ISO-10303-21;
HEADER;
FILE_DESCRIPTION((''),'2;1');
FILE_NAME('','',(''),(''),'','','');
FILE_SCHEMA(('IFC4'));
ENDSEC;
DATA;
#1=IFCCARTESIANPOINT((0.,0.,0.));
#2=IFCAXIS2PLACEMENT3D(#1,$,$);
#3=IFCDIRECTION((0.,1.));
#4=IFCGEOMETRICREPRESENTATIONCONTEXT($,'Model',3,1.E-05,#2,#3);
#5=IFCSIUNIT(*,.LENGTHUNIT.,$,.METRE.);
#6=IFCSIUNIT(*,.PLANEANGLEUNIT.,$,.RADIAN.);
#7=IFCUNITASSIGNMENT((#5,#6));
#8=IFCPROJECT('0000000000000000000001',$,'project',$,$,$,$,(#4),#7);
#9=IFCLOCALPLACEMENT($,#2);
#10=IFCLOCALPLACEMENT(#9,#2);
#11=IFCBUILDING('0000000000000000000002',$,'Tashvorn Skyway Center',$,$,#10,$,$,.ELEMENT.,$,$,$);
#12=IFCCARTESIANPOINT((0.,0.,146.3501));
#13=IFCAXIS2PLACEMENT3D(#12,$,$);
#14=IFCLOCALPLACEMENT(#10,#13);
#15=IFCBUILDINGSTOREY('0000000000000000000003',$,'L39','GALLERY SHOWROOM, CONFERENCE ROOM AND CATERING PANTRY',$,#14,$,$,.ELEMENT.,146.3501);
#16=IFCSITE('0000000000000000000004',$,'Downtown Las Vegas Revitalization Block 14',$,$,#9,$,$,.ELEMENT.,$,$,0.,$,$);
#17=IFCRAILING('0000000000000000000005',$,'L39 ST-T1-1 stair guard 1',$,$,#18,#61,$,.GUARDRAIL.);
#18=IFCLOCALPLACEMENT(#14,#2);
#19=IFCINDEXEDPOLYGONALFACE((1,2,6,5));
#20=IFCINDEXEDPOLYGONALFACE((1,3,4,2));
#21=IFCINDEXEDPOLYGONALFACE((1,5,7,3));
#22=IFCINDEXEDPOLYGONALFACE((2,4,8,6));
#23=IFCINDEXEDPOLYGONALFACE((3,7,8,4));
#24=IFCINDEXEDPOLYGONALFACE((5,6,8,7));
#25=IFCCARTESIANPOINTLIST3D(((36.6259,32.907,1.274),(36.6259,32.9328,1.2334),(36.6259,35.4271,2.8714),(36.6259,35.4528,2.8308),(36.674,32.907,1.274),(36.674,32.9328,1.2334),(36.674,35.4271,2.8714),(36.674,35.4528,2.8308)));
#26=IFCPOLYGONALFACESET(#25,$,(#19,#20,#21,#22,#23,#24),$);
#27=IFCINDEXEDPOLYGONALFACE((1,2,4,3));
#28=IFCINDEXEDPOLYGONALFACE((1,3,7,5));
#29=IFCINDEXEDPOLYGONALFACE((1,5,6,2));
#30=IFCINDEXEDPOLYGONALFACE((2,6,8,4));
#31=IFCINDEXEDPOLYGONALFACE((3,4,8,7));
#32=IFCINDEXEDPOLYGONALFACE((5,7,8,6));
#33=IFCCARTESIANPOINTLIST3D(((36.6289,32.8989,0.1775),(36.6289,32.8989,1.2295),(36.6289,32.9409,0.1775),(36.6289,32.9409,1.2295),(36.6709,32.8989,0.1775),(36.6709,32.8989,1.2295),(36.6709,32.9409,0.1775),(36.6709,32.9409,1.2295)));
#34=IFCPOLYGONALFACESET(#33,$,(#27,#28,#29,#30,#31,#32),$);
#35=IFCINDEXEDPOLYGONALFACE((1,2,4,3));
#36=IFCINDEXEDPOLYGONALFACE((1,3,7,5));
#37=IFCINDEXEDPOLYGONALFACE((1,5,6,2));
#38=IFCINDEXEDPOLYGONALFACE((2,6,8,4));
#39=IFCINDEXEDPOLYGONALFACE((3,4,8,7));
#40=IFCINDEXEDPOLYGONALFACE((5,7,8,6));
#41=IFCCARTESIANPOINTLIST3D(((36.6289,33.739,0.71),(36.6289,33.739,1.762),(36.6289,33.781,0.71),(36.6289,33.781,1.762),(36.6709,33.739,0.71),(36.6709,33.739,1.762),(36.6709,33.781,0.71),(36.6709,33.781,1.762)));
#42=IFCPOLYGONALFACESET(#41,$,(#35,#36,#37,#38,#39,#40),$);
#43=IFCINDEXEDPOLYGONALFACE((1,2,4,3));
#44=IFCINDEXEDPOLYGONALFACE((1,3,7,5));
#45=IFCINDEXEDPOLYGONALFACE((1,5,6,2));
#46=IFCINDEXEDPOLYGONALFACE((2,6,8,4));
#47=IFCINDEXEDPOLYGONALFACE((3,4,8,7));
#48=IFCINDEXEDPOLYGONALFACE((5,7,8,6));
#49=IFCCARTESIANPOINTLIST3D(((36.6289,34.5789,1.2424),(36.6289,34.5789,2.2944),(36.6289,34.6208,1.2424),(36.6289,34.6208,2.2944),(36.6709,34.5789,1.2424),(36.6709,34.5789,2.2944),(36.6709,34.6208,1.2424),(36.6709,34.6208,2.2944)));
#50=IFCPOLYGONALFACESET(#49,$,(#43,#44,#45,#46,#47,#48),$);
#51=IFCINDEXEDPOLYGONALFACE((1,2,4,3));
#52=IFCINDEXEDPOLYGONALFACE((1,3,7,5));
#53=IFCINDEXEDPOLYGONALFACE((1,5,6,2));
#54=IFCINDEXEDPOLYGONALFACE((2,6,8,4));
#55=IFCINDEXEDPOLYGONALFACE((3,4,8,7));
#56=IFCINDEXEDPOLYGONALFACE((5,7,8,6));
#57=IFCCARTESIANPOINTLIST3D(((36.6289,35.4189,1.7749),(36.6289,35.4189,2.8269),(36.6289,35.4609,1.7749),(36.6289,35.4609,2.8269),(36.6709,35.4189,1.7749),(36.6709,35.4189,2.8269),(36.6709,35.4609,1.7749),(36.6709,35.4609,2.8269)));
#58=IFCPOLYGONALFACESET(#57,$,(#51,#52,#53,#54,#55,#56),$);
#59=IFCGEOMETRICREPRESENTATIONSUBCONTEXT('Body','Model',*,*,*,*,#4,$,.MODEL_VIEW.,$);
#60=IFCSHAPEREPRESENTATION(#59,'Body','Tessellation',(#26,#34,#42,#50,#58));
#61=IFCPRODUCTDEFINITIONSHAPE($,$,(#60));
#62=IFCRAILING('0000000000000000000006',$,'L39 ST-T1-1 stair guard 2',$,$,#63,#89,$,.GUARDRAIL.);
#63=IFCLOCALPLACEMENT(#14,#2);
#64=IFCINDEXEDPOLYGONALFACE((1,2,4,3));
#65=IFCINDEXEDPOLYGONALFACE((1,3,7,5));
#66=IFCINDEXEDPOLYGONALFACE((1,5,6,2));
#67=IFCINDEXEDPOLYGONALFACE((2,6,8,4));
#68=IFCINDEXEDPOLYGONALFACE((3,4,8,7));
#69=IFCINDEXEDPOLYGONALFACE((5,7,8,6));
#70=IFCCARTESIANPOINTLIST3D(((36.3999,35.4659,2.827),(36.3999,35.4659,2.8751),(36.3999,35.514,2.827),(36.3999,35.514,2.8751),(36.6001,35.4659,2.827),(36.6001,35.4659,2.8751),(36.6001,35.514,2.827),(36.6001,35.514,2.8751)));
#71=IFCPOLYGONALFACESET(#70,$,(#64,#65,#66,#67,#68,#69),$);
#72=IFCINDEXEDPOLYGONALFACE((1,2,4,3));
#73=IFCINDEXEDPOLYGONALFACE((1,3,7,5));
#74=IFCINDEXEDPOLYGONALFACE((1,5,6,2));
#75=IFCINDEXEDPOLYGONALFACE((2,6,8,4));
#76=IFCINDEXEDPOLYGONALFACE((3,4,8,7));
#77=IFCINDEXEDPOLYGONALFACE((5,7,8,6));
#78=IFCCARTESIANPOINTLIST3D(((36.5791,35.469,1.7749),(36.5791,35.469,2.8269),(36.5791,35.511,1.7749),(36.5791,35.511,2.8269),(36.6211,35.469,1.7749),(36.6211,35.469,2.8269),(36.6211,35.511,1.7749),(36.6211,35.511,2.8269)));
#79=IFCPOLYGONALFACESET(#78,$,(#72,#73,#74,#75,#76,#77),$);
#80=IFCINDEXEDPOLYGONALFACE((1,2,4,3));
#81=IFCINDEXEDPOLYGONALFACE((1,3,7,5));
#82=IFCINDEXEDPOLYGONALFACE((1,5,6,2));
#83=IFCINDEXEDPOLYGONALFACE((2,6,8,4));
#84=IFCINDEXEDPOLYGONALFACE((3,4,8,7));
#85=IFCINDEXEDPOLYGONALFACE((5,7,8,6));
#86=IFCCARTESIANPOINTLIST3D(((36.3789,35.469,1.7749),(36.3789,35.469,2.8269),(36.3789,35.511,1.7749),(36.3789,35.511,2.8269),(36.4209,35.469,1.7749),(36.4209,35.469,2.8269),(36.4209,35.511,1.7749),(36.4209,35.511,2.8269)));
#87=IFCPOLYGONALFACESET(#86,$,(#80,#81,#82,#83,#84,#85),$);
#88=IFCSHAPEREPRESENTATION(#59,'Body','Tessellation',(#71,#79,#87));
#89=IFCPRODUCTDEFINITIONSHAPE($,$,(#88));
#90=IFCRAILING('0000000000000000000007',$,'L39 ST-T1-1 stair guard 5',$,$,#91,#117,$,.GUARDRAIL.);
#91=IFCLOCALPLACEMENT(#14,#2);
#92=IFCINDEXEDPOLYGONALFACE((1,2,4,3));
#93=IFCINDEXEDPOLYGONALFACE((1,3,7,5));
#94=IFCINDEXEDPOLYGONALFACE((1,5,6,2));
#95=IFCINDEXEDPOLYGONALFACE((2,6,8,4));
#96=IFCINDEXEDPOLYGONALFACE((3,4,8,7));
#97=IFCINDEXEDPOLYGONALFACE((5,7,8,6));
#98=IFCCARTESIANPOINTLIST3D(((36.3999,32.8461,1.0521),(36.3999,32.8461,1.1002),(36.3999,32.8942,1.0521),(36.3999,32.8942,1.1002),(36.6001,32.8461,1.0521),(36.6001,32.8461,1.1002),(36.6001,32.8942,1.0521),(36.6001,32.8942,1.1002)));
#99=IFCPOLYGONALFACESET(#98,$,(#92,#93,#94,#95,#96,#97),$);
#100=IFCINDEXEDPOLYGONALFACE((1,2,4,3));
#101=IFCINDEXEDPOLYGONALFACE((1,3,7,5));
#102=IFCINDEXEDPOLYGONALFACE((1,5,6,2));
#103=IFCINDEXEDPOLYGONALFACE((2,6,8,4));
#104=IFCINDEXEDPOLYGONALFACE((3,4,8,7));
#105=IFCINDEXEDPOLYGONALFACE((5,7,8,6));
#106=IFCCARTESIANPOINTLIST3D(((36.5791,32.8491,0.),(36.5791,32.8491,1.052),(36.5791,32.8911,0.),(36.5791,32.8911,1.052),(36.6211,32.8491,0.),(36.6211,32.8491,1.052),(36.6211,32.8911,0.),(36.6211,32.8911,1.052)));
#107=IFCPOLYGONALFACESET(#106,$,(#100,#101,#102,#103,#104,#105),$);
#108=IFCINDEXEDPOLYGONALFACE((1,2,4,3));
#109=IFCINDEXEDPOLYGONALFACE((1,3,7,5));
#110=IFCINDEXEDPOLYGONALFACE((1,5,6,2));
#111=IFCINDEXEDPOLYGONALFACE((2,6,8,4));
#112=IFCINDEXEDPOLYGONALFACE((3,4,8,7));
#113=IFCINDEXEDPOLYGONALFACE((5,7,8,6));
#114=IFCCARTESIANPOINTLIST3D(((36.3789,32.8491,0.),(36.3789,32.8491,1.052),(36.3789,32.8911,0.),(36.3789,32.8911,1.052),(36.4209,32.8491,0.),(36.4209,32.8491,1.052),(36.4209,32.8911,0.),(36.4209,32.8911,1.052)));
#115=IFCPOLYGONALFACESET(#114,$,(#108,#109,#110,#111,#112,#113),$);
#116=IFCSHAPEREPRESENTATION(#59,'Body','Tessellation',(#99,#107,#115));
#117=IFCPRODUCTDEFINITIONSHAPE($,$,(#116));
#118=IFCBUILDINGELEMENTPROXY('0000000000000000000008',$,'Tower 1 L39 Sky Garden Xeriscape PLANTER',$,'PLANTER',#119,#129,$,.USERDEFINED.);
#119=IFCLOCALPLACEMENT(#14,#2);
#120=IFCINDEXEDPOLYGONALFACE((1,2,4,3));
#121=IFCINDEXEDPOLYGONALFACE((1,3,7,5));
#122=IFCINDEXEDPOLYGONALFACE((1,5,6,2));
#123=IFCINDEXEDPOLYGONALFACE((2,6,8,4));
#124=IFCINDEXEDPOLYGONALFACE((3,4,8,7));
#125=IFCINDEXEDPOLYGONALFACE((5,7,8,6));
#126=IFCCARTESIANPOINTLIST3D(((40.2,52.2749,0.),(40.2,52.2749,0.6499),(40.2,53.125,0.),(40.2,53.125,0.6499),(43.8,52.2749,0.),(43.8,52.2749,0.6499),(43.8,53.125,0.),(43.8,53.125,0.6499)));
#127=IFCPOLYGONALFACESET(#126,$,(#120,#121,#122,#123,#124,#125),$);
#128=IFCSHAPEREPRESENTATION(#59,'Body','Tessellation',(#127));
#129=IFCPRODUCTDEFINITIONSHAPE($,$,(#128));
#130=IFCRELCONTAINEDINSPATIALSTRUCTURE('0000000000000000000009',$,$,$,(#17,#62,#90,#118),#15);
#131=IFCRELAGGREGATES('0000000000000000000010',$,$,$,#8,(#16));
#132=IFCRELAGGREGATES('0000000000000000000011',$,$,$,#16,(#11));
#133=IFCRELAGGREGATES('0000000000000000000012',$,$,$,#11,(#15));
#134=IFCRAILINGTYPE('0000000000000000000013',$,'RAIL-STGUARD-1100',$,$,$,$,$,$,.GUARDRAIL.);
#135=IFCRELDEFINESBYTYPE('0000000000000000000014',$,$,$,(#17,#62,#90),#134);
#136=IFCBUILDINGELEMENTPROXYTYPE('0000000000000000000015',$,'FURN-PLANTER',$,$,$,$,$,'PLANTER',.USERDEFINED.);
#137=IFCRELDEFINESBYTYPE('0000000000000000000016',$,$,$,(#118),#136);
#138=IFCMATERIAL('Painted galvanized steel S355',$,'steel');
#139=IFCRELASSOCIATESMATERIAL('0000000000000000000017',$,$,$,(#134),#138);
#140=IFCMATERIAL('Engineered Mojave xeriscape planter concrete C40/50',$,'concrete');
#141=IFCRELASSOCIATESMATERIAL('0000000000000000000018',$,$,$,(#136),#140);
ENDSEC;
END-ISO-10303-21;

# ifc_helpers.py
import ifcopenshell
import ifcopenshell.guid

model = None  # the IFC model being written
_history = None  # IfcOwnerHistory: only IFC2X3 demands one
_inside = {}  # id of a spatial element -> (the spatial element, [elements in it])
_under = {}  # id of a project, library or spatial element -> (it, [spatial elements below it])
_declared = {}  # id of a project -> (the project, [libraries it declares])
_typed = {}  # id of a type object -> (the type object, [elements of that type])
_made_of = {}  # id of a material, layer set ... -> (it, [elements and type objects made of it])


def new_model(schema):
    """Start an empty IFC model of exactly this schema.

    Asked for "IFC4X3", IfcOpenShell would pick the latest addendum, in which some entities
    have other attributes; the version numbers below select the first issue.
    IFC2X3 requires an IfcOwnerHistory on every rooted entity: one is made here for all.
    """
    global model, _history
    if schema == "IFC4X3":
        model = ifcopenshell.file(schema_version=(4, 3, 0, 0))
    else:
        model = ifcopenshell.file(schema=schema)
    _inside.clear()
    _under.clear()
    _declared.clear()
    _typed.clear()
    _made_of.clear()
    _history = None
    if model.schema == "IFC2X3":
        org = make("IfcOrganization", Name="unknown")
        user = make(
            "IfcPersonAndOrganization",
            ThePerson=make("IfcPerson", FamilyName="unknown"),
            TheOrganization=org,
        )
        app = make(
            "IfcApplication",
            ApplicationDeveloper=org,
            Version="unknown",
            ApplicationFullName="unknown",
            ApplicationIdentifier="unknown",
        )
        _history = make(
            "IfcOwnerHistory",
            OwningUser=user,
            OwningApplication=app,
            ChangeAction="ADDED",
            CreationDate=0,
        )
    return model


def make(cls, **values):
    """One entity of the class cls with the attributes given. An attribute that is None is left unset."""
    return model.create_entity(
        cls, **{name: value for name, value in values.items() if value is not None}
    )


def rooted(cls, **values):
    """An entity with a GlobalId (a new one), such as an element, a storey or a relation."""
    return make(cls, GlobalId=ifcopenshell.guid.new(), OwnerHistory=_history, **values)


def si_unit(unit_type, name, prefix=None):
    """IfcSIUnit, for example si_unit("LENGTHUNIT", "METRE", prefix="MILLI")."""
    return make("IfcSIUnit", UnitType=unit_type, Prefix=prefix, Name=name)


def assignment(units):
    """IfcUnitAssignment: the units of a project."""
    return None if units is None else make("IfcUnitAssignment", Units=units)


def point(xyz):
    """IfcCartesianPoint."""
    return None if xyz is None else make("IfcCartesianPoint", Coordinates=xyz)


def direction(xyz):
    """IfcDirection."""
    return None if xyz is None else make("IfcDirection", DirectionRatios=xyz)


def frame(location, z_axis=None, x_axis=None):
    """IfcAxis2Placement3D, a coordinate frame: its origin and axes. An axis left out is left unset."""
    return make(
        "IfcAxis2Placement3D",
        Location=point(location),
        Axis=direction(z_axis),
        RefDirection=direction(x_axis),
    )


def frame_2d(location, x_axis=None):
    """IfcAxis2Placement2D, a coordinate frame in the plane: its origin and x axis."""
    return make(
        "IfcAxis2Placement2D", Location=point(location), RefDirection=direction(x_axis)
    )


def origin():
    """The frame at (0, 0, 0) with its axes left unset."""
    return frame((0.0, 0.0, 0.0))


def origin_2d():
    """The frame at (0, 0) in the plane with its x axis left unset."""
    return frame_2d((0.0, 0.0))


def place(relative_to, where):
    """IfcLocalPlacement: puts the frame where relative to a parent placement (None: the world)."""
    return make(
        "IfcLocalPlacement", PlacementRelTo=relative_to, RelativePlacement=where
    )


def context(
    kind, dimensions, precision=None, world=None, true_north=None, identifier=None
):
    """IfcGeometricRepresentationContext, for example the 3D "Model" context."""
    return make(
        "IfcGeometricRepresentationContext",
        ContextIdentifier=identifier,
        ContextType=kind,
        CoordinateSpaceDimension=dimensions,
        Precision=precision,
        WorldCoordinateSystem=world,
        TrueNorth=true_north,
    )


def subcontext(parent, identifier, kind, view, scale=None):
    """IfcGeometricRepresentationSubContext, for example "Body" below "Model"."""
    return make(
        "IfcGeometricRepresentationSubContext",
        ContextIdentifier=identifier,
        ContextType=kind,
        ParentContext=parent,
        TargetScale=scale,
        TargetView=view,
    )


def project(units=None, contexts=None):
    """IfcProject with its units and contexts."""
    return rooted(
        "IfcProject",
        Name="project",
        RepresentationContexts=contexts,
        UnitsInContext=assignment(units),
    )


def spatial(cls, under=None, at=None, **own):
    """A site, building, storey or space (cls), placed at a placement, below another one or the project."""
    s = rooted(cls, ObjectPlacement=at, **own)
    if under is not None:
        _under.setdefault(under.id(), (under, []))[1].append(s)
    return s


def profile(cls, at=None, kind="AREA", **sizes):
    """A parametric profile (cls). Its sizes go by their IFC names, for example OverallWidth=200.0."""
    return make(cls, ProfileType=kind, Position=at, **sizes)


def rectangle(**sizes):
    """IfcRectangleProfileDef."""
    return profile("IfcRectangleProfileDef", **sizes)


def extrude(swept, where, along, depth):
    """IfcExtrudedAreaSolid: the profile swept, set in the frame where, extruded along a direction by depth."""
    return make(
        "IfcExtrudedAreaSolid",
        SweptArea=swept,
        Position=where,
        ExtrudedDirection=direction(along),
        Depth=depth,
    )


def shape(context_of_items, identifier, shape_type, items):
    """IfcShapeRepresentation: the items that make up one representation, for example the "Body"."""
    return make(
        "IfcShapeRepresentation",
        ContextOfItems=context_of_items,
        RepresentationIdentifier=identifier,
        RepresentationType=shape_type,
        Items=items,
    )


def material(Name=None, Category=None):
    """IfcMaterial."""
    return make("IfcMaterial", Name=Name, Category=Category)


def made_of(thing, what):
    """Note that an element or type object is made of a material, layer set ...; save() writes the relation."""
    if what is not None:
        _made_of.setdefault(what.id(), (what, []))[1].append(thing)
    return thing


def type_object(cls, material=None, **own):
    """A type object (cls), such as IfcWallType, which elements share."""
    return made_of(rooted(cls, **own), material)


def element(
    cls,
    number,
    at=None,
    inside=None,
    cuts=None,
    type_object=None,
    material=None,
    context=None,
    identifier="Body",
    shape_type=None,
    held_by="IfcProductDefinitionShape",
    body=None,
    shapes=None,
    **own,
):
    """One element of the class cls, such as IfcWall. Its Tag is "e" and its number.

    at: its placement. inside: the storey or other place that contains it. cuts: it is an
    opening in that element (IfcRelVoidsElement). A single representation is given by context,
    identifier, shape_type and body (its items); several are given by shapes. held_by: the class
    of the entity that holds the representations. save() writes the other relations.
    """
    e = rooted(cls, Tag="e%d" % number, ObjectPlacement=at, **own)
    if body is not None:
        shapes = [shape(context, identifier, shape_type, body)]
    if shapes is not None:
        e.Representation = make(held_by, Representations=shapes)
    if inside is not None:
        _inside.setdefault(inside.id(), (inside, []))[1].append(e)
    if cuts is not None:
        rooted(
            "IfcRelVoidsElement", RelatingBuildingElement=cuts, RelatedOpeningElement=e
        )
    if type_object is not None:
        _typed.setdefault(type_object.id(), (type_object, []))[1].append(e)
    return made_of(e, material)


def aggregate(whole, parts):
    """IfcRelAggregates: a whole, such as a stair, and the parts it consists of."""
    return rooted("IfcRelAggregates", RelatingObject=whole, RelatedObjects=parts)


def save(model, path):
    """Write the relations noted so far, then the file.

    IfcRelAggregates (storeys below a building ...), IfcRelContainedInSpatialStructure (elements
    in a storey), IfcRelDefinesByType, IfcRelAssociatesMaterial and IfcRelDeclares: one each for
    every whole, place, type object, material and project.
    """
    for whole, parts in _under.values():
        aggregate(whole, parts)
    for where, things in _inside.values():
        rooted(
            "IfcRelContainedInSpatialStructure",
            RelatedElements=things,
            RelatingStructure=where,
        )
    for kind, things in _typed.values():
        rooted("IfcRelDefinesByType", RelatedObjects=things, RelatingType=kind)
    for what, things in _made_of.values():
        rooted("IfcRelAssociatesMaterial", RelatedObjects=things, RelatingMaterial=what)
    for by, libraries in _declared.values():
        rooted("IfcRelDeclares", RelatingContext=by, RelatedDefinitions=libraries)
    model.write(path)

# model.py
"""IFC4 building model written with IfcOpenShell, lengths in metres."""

from ifc_helpers import new_model, si_unit, direction, frame, origin, origin_2d, place, context, subcontext, project, spatial, rectangle, extrude, material, type_object, element, save


model = new_model("IFC4")

# Units and contexts
model_context = context("Model", 3, precision=1e-05, world=origin(), true_north=direction((0.0, 1.0)))
body_context = subcontext(model_context, "Body", "Model", "MODEL_VIEW")
ifc_project = project(units=[si_unit("LENGTHUNIT", "METRE"), si_unit("PLANEANGLEUNIT", "RADIAN")], contexts=[model_context])

# Site, building, storey
site_placement = place(None, origin())
site = spatial("IfcSite", under=ifc_project, at=site_placement, Name="Downtown Las Vegas Revitalization Block 14", CompositionType="ELEMENT", RefElevation=0.0)
building_placement = place(site_placement, origin())
building = spatial("IfcBuilding", under=site, at=building_placement, Name="Tashvorn Skyway Center", CompositionType="ELEMENT")
storey_placement = place(building_placement, frame((0.0, 0.0, 146.3501)))
storey = spatial("IfcBuildingStorey", under=building, at=storey_placement, Name="L39", Description="GALLERY SHOWROOM, CONFERENCE ROOM AND CATERING PANTRY", CompositionType="ELEMENT", Elevation=146.3501)

# Railings
ifc_material_1 = material(Name="Painted galvanized steel S355", Category="steel")
railing_type_1 = type_object("IfcRailingType", Name="RAIL-STGUARD-1100", PredefinedType="GUARDRAIL", material=ifc_material_1)
railing_1_placement = place(storey_placement, frame((36.6499, 32.9199, 0.1775)))
element("IfcRailing", 1, at=railing_1_placement, inside=storey, type_object=railing_type_1, Name="L39 ST-T1-1 stair guard 1", PredefinedType="GUARDRAIL", context=body_context, shape_type="SweptSolid", body=[
    extrude(rectangle(XDim=0.0481, YDim=0.0481, at=origin_2d()), frame((0.0, 0.0, 1.0762), z_axis=(0.0, 0.844607, 0.535387), x_axis=(-1.0, 0.0, 0.0)), (0.0, 0.0, 1.0), 2.9836),
    extrude(rectangle(XDim=0.042, YDim=0.042, at=origin_2d()), origin(), (0.0, 0.0, 1.0), 1.052),
    extrude(rectangle(XDim=0.042, YDim=0.042, at=origin_2d()), frame((0.0, 0.8401, 0.5325)), (0.0, 0.0, 1.0), 1.052),
    extrude(rectangle(XDim=0.042, YDim=0.042, at=origin_2d()), frame((0.0, 1.6799, 1.0649)), (0.0, 0.0, 1.0), 1.052),
    extrude(rectangle(XDim=0.042, YDim=0.042, at=origin_2d()), frame((0.0, 2.52, 1.5974)), (0.0, 0.0, 1.0), 1.052),
])
for number, where, name in (
    (2, (36.6001, 35.49, 1.7749), "L39 ST-T1-1 stair guard 2"),
    (3, (36.6001, 32.8701, 0.0), "L39 ST-T1-1 stair guard 5"),
):
    element("IfcRailing", number, at=place(storey_placement, frame(where)), inside=storey, type_object=railing_type_1, Name=name, PredefinedType="GUARDRAIL", context=body_context, shape_type="SweptSolid", body=[
        extrude(rectangle(XDim=0.0481, YDim=0.0481, at=origin_2d()), frame((0.0, 0.0, 1.0762), z_axis=(-1.0, 0.0, 0.0), x_axis=(0.0, -1.0, 0.0)), (0.0, 0.0, 1.0), 0.2002),
        extrude(rectangle(XDim=0.042, YDim=0.042, at=origin_2d()), origin(), (0.0, 0.0, 1.0), 1.052),
        extrude(rectangle(XDim=0.042, YDim=0.042, at=origin_2d()), frame((-0.2002, 0.0, 0.0)), (0.0, 0.0, 1.0), 1.052),
    ])

# Building element proxy
ifc_material_2 = material(Name="Engineered Mojave xeriscape planter concrete C40/50", Category="concrete")
building_element_proxy_type = type_object("IfcBuildingElementProxyType", Name="FURN-PLANTER", ElementType="PLANTER", PredefinedType="USERDEFINED", material=ifc_material_2)
proxy_placement = place(storey_placement, frame((42.0, 52.7, 0.0), z_axis=(0.0, 0.0, 1.0), x_axis=(1.0, 0.0, 0.0)))
element("IfcBuildingElementProxy", 4, at=proxy_placement, inside=storey, type_object=building_element_proxy_type, Name="Tower 1 L39 Sky Garden Xeriscape PLANTER", ObjectType="PLANTER", PredefinedType="USERDEFINED", context=body_context, shape_type="SweptSolid", body=[
    extrude(rectangle(XDim=3.6001, YDim=0.8501, at=origin_2d()), origin(), (0.0, 0.0, 1.0), 0.6499),
])

save(model, "model.ifc")
